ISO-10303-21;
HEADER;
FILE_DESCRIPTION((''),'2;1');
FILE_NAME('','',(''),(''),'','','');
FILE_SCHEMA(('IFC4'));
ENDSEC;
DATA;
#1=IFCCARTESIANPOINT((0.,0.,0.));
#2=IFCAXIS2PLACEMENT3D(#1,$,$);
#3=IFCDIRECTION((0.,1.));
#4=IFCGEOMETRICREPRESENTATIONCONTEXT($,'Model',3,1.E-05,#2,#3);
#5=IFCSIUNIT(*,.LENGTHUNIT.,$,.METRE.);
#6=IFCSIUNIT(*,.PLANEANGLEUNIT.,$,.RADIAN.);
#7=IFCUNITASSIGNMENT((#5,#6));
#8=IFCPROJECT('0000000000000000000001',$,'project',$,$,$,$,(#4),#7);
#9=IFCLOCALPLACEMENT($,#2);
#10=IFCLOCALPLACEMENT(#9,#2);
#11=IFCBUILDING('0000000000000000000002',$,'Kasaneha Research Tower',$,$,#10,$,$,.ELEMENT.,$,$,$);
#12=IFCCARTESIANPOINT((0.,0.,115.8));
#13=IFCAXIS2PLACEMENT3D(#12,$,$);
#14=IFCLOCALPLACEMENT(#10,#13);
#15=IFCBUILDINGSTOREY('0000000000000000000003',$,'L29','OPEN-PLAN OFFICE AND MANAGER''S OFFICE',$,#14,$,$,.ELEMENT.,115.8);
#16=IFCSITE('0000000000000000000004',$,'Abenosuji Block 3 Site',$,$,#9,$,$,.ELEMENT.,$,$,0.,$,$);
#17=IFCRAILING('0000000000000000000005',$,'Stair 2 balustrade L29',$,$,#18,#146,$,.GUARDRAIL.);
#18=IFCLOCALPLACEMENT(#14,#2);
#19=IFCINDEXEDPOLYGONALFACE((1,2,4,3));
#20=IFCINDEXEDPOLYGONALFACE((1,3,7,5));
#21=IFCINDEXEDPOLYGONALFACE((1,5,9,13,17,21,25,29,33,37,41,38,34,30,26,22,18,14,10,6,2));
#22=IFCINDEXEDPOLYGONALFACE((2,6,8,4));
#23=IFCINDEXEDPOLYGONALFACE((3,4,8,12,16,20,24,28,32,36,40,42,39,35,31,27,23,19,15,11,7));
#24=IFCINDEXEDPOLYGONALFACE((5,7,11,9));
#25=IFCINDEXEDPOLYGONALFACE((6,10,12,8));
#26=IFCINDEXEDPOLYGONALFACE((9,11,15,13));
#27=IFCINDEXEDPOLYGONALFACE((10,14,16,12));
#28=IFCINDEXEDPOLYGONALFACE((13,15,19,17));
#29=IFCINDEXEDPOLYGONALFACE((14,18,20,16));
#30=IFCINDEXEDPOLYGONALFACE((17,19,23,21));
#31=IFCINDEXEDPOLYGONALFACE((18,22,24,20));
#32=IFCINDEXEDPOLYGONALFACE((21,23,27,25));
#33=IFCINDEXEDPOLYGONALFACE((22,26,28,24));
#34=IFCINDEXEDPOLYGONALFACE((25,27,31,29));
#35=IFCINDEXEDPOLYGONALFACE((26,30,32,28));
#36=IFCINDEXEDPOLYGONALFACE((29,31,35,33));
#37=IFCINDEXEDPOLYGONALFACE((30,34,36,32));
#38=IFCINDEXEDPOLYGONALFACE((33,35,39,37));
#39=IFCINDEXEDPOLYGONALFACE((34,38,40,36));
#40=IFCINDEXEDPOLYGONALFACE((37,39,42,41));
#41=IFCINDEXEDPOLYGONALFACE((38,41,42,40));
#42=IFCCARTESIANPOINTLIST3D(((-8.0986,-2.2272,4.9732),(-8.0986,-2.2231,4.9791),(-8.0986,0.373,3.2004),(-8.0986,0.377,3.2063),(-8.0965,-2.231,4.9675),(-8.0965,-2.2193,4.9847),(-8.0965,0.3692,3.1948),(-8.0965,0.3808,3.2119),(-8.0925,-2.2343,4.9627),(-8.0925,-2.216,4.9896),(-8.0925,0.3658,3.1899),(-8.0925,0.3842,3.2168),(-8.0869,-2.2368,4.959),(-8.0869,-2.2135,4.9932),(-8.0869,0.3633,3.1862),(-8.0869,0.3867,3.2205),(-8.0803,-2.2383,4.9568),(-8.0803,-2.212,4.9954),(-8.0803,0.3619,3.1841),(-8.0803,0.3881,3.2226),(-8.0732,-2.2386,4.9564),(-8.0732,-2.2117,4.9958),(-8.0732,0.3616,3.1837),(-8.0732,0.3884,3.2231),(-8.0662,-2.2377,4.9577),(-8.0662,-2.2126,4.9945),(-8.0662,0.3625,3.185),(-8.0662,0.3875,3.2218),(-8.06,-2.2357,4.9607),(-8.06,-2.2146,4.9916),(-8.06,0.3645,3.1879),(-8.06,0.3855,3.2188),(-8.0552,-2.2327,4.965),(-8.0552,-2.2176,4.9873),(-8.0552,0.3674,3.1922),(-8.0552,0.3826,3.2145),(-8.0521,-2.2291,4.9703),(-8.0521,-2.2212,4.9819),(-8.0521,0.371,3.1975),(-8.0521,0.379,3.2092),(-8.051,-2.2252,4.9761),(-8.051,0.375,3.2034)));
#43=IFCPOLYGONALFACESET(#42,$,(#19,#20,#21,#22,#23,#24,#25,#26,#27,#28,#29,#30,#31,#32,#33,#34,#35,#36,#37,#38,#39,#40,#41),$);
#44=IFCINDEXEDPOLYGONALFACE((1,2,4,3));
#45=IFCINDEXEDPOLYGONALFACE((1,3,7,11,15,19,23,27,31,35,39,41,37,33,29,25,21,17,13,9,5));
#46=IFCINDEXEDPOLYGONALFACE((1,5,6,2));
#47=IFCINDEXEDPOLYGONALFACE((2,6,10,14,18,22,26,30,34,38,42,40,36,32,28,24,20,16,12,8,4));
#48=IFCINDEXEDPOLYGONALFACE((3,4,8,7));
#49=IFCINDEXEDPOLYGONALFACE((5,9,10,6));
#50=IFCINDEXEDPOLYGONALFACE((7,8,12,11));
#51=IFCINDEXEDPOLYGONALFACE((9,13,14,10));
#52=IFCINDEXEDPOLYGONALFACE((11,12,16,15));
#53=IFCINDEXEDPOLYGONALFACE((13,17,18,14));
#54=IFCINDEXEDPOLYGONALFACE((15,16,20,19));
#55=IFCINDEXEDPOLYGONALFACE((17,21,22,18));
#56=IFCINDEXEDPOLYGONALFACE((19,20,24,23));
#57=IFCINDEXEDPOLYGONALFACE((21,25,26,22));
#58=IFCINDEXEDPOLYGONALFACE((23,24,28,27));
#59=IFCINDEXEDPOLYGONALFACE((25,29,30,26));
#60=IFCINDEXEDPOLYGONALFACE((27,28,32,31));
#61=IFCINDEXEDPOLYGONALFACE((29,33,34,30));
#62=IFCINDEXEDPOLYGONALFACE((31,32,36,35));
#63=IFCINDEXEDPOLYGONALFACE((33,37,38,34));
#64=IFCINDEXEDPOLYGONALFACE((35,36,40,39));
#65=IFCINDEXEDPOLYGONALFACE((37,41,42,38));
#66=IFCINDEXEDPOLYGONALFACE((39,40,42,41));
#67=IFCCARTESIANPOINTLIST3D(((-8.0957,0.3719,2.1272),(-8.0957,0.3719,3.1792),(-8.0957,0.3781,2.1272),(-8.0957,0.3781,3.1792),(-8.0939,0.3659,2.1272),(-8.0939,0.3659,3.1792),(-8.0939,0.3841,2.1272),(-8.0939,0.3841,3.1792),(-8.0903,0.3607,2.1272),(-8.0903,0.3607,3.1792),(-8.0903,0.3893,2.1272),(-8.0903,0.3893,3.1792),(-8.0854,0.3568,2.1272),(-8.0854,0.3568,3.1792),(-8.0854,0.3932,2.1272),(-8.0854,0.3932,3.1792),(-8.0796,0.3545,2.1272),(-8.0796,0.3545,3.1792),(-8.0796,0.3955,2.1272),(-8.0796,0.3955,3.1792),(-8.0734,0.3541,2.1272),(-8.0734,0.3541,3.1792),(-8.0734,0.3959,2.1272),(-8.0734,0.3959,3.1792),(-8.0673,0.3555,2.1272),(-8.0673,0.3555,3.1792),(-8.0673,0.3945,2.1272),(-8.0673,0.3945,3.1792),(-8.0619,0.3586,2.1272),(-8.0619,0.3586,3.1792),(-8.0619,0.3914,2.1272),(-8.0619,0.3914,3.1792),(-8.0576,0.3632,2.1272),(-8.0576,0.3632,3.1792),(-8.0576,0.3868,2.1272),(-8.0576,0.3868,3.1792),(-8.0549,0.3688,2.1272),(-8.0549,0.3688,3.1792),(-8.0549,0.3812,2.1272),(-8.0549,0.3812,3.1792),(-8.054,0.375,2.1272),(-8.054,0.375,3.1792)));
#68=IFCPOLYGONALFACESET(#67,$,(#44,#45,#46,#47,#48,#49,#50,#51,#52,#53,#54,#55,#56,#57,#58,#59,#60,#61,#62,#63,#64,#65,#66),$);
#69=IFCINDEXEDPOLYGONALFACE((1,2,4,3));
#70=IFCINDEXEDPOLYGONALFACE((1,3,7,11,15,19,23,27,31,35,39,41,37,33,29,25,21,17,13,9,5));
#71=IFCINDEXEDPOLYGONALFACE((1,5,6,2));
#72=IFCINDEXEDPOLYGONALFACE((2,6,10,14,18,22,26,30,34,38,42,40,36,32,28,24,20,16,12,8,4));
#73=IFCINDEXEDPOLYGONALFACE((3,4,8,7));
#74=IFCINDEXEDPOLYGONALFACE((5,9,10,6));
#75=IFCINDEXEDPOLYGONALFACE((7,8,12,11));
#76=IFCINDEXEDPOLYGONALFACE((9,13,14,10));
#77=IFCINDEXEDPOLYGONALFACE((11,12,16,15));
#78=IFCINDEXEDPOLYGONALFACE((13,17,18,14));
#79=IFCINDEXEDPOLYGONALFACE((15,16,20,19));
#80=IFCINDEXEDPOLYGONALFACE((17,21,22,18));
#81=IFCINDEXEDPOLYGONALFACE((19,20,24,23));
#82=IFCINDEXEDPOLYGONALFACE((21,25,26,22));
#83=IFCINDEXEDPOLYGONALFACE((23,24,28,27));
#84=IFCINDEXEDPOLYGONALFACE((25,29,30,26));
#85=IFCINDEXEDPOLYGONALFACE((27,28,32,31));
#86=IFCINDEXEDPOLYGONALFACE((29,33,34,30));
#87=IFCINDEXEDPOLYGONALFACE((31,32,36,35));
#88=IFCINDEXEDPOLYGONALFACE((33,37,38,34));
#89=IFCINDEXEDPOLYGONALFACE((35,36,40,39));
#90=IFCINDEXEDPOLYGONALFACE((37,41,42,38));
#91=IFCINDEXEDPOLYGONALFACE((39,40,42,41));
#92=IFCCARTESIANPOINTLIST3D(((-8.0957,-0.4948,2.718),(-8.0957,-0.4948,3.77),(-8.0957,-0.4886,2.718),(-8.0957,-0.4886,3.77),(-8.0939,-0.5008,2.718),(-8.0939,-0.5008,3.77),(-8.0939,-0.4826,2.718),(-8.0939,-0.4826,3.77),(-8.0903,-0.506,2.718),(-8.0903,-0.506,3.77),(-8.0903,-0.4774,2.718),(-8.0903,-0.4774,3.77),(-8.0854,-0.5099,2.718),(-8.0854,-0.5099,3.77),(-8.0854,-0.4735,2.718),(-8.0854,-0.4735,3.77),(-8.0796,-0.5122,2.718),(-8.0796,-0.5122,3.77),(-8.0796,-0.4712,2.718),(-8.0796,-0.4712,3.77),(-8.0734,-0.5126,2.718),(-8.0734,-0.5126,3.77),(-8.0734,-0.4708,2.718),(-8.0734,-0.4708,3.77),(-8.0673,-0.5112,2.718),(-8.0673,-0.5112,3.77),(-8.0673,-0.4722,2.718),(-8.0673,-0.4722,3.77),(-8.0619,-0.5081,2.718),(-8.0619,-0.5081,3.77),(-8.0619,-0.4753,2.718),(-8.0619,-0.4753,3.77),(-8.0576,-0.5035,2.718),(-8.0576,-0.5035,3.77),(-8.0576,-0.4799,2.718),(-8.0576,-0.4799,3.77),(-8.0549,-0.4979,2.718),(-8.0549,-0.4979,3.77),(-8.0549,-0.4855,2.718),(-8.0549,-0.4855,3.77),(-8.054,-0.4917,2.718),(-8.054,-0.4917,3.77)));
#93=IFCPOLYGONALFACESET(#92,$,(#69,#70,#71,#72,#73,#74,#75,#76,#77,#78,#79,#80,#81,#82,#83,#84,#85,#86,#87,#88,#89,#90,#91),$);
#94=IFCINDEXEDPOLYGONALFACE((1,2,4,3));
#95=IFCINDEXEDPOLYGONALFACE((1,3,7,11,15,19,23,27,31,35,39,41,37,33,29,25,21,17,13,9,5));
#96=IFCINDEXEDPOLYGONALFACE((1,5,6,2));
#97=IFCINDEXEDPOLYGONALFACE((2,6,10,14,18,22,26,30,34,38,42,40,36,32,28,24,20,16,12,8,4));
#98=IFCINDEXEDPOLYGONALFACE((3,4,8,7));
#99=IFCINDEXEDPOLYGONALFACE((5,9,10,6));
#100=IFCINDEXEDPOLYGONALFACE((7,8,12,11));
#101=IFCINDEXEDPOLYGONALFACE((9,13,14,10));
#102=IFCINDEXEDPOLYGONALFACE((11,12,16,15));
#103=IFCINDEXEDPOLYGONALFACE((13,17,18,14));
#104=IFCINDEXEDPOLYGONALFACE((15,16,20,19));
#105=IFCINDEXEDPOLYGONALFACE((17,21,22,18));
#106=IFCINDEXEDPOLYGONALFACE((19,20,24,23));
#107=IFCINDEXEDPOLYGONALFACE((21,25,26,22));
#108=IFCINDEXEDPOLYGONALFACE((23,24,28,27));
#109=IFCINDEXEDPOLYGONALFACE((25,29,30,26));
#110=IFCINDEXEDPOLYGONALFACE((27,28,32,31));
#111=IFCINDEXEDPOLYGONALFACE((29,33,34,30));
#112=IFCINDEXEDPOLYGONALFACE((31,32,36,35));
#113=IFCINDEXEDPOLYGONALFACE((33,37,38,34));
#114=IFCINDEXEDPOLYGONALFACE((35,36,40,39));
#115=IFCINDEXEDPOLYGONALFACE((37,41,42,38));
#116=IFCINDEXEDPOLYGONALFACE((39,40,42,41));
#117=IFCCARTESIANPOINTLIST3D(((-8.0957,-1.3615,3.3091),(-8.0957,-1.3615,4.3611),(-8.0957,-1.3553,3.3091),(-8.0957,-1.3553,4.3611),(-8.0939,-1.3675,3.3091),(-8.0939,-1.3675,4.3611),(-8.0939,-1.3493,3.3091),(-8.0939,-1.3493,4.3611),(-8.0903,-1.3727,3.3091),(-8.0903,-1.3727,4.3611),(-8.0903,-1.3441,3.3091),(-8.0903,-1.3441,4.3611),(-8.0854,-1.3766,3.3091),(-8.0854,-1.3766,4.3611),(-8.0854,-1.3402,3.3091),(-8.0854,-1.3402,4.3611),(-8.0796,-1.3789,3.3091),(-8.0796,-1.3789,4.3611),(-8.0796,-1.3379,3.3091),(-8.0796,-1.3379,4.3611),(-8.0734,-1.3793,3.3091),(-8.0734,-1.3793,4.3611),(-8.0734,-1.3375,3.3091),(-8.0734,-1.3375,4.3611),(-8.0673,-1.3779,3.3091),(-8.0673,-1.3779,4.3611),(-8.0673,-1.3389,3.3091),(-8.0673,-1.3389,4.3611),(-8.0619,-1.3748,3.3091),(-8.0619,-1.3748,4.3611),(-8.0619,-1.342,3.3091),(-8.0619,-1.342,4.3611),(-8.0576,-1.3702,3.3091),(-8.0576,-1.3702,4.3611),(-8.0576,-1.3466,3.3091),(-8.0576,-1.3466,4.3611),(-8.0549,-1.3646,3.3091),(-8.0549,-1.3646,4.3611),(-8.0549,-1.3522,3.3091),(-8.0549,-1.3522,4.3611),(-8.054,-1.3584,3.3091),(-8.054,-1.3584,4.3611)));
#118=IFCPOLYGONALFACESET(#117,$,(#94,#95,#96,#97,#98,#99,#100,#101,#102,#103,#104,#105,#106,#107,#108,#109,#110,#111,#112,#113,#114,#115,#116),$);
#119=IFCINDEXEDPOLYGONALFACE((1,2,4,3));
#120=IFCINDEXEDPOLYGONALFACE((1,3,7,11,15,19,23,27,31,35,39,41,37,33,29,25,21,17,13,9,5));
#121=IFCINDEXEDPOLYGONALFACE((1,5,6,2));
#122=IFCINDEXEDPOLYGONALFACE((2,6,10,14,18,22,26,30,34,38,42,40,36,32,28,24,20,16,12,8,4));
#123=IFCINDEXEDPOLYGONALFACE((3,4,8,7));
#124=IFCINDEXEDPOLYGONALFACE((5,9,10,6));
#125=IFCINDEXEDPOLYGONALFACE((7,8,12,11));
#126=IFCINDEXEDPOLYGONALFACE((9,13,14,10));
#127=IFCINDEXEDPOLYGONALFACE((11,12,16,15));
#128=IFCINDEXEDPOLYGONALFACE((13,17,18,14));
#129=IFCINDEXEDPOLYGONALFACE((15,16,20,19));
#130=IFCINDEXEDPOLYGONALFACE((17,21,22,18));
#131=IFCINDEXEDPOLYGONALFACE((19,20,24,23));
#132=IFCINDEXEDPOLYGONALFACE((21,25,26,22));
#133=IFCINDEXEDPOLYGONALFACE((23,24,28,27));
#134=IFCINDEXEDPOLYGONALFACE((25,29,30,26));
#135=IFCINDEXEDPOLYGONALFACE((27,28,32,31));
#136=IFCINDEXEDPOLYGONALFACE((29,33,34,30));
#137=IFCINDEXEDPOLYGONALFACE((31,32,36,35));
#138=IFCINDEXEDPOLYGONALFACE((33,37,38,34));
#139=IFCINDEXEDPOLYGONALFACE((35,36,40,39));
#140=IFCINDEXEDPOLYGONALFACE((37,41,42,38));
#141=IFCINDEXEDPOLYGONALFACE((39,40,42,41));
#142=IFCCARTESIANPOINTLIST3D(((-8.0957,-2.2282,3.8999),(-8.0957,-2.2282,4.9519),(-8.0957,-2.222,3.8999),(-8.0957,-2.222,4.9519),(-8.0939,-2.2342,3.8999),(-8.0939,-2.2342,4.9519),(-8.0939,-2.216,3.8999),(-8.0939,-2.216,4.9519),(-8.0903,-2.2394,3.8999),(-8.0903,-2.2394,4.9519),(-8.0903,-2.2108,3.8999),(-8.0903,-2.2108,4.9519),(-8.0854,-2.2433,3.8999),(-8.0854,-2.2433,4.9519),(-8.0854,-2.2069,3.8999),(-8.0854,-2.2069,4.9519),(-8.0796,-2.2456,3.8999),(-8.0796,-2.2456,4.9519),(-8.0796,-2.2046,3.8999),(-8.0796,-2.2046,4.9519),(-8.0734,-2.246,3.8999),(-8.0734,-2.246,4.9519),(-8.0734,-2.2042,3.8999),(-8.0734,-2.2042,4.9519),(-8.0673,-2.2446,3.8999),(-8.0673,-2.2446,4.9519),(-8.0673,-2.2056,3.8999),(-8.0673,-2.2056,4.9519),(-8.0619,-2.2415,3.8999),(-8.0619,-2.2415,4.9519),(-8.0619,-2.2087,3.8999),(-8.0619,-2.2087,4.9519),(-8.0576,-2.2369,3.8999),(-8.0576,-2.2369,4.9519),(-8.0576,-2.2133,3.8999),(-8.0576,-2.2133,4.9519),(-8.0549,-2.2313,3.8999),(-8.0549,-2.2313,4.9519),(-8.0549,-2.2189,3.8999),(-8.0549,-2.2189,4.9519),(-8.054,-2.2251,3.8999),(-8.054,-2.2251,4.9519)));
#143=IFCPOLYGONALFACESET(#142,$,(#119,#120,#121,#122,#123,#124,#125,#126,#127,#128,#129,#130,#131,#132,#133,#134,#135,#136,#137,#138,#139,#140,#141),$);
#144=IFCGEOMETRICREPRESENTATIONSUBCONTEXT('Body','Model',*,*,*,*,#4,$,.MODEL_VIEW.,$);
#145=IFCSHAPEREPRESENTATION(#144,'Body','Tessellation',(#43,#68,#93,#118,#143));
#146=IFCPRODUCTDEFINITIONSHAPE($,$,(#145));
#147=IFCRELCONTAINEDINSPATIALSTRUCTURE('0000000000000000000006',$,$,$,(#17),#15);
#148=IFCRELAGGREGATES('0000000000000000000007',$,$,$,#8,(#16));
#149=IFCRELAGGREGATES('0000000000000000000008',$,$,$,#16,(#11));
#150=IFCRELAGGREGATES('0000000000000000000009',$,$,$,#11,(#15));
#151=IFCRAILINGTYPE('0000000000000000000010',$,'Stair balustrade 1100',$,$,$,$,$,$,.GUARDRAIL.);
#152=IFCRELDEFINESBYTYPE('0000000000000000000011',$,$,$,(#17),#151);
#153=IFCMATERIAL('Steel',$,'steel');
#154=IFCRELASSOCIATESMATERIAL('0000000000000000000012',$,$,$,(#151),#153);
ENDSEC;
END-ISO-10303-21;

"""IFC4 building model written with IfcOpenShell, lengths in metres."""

from ifc_helpers import new_model, si_unit, direction, frame, origin, origin_2d, place, context, subcontext, project, spatial, circle, extrude, material, type_object, element, save


model = new_model("IFC4")

# Units and contexts
model_context = context("Model", 3, precision=1e-05, world=origin(), true_north=direction((0.0, 1.0)))
body_context = subcontext(model_context, "Body", "Model", "MODEL_VIEW")
ifc_project = project(units=[si_unit("LENGTHUNIT", "METRE"), si_unit("PLANEANGLEUNIT", "RADIAN")], contexts=[model_context])

# Site, building, storey
site_placement = place(None, origin())
site = spatial("IfcSite", under=ifc_project, at=site_placement, Name="Abenosuji Block 3 Site", CompositionType="ELEMENT", RefElevation=0.0)
building_placement = place(site_placement, origin())
building = spatial("IfcBuilding", under=site, at=building_placement, Name="Kasaneha Research Tower", CompositionType="ELEMENT")
storey_placement = place(building_placement, frame((0.0, 0.0, 115.8)))
storey = spatial("IfcBuildingStorey", under=building, at=storey_placement, Name="L29", Description="OPEN-PLAN OFFICE AND MANAGER'S OFFICE", CompositionType="ELEMENT", Elevation=115.8)

# Railing
ifc_material_1 = material(Name="Steel", Category="steel")
railing_type_1 = type_object("IfcRailingType", Name="Stair balustrade 1100", PredefinedType="GUARDRAIL", material=ifc_material_1)
railing_1_placement = place(storey_placement, frame((-8.075, 0.375, 2.1272)))
element("IfcRailing", 1, at=railing_1_placement, inside=storey, type_object=railing_type_1, Name="Stair 2 balustrade L29", PredefinedType="GUARDRAIL", context=body_context, shape_type="SweptSolid", body=[
    extrude(circle(Radius=0.0239, at=origin_2d()), frame((0.0, 0.0, 1.0762), z_axis=(0.0, -0.82624, 0.563318), x_axis=(1.0, 0.0, 0.0)), (0.0, 0.0, 1.0), 3.147),
    extrude(circle(Radius=0.021, at=origin_2d()), origin(), (0.0, 0.0, 1.0), 1.052),
    extrude(circle(Radius=0.021, at=origin_2d()), frame((0.0, -0.8667, 0.5908)), (0.0, 0.0, 1.0), 1.052),
    extrude(circle(Radius=0.021, at=origin_2d()), frame((0.0, -1.7334, 1.1819)), (0.0, 0.0, 1.0), 1.052),
    extrude(circle(Radius=0.021, at=origin_2d()), frame((0.0, -2.6001, 1.7727)), (0.0, 0.0, 1.0), 1.052),
])

save(model, "model.ifc")
